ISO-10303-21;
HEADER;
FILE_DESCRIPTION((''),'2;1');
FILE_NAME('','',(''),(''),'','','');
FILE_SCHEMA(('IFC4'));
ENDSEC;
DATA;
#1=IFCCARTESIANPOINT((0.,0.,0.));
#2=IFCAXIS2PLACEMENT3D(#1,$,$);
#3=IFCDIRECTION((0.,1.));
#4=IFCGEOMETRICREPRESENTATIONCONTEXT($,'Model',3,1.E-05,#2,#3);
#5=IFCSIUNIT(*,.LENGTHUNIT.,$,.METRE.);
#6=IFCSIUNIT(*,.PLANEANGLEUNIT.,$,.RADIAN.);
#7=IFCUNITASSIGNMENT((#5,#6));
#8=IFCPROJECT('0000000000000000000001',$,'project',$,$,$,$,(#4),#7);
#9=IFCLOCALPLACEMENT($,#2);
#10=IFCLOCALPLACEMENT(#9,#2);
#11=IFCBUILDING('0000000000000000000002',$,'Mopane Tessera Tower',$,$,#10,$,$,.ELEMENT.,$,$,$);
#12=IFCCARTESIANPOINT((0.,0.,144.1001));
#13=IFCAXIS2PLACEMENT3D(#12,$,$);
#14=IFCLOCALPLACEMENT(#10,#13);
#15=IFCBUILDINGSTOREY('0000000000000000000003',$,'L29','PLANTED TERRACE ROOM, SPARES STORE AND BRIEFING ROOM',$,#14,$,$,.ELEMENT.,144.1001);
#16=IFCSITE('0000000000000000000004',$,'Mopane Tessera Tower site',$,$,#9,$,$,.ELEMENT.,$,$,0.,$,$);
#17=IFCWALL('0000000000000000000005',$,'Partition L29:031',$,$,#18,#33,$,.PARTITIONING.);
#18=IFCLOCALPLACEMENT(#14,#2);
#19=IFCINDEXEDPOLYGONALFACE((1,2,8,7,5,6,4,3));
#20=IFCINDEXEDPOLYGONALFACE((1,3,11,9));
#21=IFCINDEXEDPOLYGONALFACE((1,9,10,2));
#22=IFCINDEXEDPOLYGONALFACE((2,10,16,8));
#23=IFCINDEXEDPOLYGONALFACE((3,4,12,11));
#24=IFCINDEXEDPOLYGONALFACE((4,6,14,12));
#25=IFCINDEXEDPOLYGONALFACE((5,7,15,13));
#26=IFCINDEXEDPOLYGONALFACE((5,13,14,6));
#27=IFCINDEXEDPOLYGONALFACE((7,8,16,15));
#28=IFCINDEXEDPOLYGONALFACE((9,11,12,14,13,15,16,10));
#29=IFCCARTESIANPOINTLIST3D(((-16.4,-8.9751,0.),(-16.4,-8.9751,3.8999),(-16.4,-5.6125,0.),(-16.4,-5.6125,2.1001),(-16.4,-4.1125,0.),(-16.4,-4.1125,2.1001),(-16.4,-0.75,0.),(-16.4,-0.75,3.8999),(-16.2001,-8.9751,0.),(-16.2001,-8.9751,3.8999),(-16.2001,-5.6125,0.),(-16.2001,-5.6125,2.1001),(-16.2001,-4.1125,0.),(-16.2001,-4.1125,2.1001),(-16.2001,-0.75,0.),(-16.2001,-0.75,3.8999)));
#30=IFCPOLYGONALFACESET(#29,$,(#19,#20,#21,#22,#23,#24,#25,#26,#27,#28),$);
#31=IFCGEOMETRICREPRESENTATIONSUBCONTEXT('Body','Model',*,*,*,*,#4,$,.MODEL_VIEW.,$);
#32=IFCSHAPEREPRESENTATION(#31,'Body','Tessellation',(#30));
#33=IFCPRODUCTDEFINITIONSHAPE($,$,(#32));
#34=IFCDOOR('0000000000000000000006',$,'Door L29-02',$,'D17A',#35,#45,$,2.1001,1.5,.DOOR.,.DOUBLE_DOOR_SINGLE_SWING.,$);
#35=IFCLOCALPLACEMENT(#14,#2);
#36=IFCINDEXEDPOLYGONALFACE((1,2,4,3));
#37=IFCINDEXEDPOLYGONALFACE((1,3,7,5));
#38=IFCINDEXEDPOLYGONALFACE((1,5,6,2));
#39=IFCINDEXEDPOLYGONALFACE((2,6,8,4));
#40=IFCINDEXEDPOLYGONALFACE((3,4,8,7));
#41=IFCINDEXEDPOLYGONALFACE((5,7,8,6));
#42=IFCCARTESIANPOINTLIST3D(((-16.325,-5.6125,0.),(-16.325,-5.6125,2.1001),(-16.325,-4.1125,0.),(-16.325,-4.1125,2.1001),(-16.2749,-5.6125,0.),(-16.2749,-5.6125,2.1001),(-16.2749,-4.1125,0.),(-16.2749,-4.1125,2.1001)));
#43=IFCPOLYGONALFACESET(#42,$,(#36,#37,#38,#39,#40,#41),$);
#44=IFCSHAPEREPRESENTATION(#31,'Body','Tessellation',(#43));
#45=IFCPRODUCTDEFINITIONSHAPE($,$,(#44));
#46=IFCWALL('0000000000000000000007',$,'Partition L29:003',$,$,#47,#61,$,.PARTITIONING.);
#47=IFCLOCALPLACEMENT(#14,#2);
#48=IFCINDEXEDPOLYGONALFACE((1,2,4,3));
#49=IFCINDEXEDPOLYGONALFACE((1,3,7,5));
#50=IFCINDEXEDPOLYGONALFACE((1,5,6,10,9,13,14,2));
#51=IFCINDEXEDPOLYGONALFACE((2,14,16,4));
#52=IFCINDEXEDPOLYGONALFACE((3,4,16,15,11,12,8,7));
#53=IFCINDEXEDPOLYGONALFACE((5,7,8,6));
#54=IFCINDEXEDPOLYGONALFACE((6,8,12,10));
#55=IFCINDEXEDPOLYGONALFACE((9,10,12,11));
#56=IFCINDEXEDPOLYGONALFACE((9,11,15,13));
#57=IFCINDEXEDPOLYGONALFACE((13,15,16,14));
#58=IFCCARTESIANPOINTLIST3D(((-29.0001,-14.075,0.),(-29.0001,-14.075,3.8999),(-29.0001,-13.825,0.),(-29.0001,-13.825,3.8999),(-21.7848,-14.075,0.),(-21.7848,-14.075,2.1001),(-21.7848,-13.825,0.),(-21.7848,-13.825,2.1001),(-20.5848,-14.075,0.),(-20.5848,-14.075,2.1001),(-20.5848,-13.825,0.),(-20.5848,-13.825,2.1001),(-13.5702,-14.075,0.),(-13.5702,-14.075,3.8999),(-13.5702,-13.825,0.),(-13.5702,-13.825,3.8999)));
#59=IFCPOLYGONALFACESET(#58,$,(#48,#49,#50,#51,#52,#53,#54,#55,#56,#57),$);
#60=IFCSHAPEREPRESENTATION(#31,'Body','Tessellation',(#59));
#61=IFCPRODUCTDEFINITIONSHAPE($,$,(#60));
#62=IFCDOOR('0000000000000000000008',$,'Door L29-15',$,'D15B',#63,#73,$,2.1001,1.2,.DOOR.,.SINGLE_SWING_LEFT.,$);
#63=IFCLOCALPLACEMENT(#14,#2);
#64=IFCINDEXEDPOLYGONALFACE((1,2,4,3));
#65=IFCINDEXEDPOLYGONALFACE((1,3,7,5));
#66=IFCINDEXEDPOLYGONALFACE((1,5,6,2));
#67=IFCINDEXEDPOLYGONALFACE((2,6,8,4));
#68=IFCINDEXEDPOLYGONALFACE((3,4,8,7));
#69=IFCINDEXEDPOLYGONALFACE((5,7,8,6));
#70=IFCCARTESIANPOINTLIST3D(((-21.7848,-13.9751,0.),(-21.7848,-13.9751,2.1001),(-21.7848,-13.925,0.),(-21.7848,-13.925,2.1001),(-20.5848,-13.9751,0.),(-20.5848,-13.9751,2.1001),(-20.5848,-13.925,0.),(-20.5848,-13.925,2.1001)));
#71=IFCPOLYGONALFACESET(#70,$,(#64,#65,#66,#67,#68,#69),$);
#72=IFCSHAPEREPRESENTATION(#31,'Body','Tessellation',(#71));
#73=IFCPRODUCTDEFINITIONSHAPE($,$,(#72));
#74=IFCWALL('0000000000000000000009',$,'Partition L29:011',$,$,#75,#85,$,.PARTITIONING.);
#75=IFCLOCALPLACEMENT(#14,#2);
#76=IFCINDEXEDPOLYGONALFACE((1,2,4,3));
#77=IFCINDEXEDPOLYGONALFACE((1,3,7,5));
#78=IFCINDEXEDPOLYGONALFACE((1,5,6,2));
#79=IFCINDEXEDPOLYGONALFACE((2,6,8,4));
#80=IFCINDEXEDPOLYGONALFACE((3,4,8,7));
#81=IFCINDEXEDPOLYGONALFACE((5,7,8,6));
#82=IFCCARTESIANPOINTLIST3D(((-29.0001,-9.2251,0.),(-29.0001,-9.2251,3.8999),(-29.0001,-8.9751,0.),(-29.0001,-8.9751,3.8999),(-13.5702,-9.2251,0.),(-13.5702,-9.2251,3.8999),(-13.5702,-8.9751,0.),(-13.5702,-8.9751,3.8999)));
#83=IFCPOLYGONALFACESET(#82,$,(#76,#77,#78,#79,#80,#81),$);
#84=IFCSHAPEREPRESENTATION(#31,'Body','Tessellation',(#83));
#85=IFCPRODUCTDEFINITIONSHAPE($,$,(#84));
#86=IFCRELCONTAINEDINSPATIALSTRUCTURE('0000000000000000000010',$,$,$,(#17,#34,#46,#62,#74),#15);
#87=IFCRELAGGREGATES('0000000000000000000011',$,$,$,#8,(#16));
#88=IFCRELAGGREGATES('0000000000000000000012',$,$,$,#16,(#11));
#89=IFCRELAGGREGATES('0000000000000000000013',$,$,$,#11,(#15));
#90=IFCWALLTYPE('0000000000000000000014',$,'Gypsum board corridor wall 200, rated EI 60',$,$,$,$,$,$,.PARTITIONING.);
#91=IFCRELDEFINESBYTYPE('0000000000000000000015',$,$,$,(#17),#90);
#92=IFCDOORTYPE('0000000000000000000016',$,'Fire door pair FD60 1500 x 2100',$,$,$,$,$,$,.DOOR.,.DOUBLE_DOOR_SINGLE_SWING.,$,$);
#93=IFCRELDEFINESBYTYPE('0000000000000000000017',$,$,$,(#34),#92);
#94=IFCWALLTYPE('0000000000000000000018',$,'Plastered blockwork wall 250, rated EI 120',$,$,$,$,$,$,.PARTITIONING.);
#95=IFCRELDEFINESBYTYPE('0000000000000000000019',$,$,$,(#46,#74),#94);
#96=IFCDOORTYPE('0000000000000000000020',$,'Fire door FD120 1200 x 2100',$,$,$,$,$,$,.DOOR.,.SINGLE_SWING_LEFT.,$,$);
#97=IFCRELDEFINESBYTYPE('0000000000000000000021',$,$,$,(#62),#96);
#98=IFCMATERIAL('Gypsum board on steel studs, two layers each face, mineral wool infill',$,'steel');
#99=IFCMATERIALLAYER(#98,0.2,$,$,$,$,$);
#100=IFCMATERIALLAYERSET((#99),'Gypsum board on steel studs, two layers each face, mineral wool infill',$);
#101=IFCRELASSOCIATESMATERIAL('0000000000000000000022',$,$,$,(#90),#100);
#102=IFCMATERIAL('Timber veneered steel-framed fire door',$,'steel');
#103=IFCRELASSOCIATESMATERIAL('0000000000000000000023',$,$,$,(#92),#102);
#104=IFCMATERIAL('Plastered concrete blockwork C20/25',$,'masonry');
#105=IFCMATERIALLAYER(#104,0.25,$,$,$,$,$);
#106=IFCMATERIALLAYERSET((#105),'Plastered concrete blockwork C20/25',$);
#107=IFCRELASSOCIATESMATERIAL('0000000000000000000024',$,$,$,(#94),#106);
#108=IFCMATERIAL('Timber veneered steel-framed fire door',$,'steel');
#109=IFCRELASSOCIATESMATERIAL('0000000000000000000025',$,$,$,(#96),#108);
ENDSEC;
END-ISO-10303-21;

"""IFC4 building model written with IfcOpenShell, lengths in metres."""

from ifc_helpers import new_model, si_unit, direction, frame, frame_2d, origin, place, context, subcontext, project, spatial, rectangle, extrude, material, layer, layer_set, type_object, element, fill, save


model = new_model("IFC4")

# Units and contexts
model_context = context("Model", 3, precision=1e-05, world=origin(), true_north=direction((0.0, 1.0)))
body_context = subcontext(model_context, "Body", "Model", "MODEL_VIEW")
ifc_project = project(units=[si_unit("LENGTHUNIT", "METRE"), si_unit("PLANEANGLEUNIT", "RADIAN")], contexts=[model_context])

# Site, building, storey
site_placement = place(None, origin())
site = spatial("IfcSite", under=ifc_project, at=site_placement, Name="Mopane Tessera Tower site", CompositionType="ELEMENT", RefElevation=0.0)
building_placement = place(site_placement, origin())
building = spatial("IfcBuilding", under=site, at=building_placement, Name="Mopane Tessera Tower", CompositionType="ELEMENT")
storey_placement = place(building_placement, frame((0.0, 0.0, 144.1001)))
storey = spatial("IfcBuildingStorey", under=building, at=storey_placement, Name="L29", Description="PLANTED TERRACE ROOM, SPARES STORE AND BRIEFING ROOM", CompositionType="ELEMENT", Elevation=144.1001)

# Walls, openings, doors
ifc_material_1 = material(Name="Gypsum board on steel studs, two layers each face, mineral wool infill", Category="steel")
ifc_layer_1 = layer(ifc_material_1, 0.2)
ifc_layer_set_1 = layer_set([ifc_layer_1], Name="Gypsum board on steel studs, two layers each face, mineral wool infill")
wall_type_1 = type_object("IfcWallType", Name="Gypsum board corridor wall 200, rated EI 60", PredefinedType="PARTITIONING", material=ifc_layer_set_1)
wall_1_placement = place(storey_placement, frame((-16.3, -8.9751, 0.0), z_axis=(0.0, 0.0, 1.0), x_axis=(0.0, 1.0, 0.0)))
wall_1 = element("IfcWall", 1, at=wall_1_placement, inside=storey, type_object=wall_type_1, Name="Partition L29:031", PredefinedType="PARTITIONING", context=body_context, shape_type="SweptSolid", body=[
    extrude(rectangle(XDim=8.2251, YDim=0.2, at=frame_2d((4.1125, 0.0))), origin(), (0.0, 0.0, 1.0), 3.8999),
])
opening_1_placement = place(wall_1_placement, frame((3.3625, 0.0, 0.0)))
opening_1 = element("IfcOpeningElement", 2, at=opening_1_placement, cuts=wall_1, PredefinedType="OPENING", context=body_context, shape_type="SweptSolid", body=[
    extrude(rectangle(XDim=1.5, YDim=2.1001, at=frame_2d((0.75, 1.05))), frame((0.0, 0.1121, 0.0), z_axis=(0.0, -1.0, 0.0), x_axis=(1.0, 0.0, 0.0)), (0.0, 0.0, 1.0), 0.2239),
])
ifc_material_2 = material(Name="Timber veneered steel-framed fire door", Category="steel")
door_type_1 = type_object("IfcDoorType", Name="Fire door pair FD60 1500 x 2100", OperationType="DOUBLE_DOOR_SINGLE_SWING", PredefinedType="DOOR", material=ifc_material_2)
door_1_placement = place(opening_1_placement, origin())
door_1 = element("IfcDoor", 3, at=door_1_placement, inside=storey, type_object=door_type_1, Name="Door L29-02", ObjectType="D17A", OperationType="DOUBLE_DOOR_SINGLE_SWING", OverallHeight=2.1001, OverallWidth=1.5, PredefinedType="DOOR", context=body_context, shape_type="SweptSolid", body=[
    extrude(rectangle(XDim=1.5, YDim=2.1001, at=frame_2d((0.75, 1.05))), frame((0.0, 0.0249, 0.0), z_axis=(0.0, -1.0, 0.0), x_axis=(1.0, 0.0, 0.0)), (0.0, 0.0, 1.0), 0.05),
])
fill(opening_1, door_1)
ifc_material_3 = material(Name="Plastered concrete blockwork C20/25", Category="masonry")
ifc_layer_2 = layer(ifc_material_3, 0.25)
ifc_layer_set_2 = layer_set([ifc_layer_2], Name="Plastered concrete blockwork C20/25")
wall_type_2 = type_object("IfcWallType", Name="Plastered blockwork wall 250, rated EI 120", PredefinedType="PARTITIONING", material=ifc_layer_set_2)
wall_2_placement = place(storey_placement, frame((-29.0, -13.95, 0.0), z_axis=(0.0, 0.0, 1.0), x_axis=(1.0, 0.0, 0.0)))
wall_2 = element("IfcWall", 4, at=wall_2_placement, inside=storey, type_object=wall_type_2, Name="Partition L29:003", PredefinedType="PARTITIONING", context=body_context, shape_type="SweptSolid", body=[
    extrude(rectangle(XDim=15.4299, YDim=0.25, at=frame_2d((7.7148, 0.0))), origin(), (0.0, 0.0, 1.0), 3.8999),
])
opening_2_placement = place(wall_2_placement, frame((7.2151, 0.0, 0.0)))
opening_2 = element("IfcOpeningElement", 5, at=opening_2_placement, cuts=wall_2, PredefinedType="OPENING", context=body_context, shape_type="SweptSolid", body=[
    extrude(rectangle(XDim=1.2, YDim=2.1001, at=frame_2d((0.6001, 1.05))), frame((0.0, 0.137, 0.0), z_axis=(0.0, -1.0, 0.0), x_axis=(1.0, 0.0, 0.0)), (0.0, 0.0, 1.0), 0.2739),
])
ifc_material_4 = material(Name="Timber veneered steel-framed fire door", Category="steel")
door_type_2 = type_object("IfcDoorType", Name="Fire door FD120 1200 x 2100", OperationType="SINGLE_SWING_LEFT", PredefinedType="DOOR", material=ifc_material_4)
door_2_placement = place(opening_2_placement, origin())
door_2 = element("IfcDoor", 6, at=door_2_placement, inside=storey, type_object=door_type_2, Name="Door L29-15", ObjectType="D15B", OperationType="SINGLE_SWING_LEFT", OverallHeight=2.1001, OverallWidth=1.2, PredefinedType="DOOR", context=body_context, shape_type="SweptSolid", body=[
    extrude(rectangle(XDim=1.2, YDim=2.1001, at=frame_2d((0.6001, 1.05))), frame((0.0, 0.0249, 0.0), z_axis=(0.0, -1.0, 0.0), x_axis=(1.0, 0.0, 0.0)), (0.0, 0.0, 1.0), 0.05),
])
fill(opening_2, door_2)

# Wall
wall_3_placement = place(storey_placement, frame((-29.0, -9.1001, 0.0), z_axis=(0.0, 0.0, 1.0), x_axis=(1.0, 0.0, 0.0)))
element("IfcWall", 7, at=wall_3_placement, inside=storey, type_object=wall_type_2, Name="Partition L29:011", PredefinedType="PARTITIONING", context=body_context, shape_type="SweptSolid", body=[
    extrude(rectangle(XDim=15.4299, YDim=0.25, at=frame_2d((7.7148, 0.0))), origin(), (0.0, 0.0, 1.0), 3.8999),
])

save(model, "model.ifc")
